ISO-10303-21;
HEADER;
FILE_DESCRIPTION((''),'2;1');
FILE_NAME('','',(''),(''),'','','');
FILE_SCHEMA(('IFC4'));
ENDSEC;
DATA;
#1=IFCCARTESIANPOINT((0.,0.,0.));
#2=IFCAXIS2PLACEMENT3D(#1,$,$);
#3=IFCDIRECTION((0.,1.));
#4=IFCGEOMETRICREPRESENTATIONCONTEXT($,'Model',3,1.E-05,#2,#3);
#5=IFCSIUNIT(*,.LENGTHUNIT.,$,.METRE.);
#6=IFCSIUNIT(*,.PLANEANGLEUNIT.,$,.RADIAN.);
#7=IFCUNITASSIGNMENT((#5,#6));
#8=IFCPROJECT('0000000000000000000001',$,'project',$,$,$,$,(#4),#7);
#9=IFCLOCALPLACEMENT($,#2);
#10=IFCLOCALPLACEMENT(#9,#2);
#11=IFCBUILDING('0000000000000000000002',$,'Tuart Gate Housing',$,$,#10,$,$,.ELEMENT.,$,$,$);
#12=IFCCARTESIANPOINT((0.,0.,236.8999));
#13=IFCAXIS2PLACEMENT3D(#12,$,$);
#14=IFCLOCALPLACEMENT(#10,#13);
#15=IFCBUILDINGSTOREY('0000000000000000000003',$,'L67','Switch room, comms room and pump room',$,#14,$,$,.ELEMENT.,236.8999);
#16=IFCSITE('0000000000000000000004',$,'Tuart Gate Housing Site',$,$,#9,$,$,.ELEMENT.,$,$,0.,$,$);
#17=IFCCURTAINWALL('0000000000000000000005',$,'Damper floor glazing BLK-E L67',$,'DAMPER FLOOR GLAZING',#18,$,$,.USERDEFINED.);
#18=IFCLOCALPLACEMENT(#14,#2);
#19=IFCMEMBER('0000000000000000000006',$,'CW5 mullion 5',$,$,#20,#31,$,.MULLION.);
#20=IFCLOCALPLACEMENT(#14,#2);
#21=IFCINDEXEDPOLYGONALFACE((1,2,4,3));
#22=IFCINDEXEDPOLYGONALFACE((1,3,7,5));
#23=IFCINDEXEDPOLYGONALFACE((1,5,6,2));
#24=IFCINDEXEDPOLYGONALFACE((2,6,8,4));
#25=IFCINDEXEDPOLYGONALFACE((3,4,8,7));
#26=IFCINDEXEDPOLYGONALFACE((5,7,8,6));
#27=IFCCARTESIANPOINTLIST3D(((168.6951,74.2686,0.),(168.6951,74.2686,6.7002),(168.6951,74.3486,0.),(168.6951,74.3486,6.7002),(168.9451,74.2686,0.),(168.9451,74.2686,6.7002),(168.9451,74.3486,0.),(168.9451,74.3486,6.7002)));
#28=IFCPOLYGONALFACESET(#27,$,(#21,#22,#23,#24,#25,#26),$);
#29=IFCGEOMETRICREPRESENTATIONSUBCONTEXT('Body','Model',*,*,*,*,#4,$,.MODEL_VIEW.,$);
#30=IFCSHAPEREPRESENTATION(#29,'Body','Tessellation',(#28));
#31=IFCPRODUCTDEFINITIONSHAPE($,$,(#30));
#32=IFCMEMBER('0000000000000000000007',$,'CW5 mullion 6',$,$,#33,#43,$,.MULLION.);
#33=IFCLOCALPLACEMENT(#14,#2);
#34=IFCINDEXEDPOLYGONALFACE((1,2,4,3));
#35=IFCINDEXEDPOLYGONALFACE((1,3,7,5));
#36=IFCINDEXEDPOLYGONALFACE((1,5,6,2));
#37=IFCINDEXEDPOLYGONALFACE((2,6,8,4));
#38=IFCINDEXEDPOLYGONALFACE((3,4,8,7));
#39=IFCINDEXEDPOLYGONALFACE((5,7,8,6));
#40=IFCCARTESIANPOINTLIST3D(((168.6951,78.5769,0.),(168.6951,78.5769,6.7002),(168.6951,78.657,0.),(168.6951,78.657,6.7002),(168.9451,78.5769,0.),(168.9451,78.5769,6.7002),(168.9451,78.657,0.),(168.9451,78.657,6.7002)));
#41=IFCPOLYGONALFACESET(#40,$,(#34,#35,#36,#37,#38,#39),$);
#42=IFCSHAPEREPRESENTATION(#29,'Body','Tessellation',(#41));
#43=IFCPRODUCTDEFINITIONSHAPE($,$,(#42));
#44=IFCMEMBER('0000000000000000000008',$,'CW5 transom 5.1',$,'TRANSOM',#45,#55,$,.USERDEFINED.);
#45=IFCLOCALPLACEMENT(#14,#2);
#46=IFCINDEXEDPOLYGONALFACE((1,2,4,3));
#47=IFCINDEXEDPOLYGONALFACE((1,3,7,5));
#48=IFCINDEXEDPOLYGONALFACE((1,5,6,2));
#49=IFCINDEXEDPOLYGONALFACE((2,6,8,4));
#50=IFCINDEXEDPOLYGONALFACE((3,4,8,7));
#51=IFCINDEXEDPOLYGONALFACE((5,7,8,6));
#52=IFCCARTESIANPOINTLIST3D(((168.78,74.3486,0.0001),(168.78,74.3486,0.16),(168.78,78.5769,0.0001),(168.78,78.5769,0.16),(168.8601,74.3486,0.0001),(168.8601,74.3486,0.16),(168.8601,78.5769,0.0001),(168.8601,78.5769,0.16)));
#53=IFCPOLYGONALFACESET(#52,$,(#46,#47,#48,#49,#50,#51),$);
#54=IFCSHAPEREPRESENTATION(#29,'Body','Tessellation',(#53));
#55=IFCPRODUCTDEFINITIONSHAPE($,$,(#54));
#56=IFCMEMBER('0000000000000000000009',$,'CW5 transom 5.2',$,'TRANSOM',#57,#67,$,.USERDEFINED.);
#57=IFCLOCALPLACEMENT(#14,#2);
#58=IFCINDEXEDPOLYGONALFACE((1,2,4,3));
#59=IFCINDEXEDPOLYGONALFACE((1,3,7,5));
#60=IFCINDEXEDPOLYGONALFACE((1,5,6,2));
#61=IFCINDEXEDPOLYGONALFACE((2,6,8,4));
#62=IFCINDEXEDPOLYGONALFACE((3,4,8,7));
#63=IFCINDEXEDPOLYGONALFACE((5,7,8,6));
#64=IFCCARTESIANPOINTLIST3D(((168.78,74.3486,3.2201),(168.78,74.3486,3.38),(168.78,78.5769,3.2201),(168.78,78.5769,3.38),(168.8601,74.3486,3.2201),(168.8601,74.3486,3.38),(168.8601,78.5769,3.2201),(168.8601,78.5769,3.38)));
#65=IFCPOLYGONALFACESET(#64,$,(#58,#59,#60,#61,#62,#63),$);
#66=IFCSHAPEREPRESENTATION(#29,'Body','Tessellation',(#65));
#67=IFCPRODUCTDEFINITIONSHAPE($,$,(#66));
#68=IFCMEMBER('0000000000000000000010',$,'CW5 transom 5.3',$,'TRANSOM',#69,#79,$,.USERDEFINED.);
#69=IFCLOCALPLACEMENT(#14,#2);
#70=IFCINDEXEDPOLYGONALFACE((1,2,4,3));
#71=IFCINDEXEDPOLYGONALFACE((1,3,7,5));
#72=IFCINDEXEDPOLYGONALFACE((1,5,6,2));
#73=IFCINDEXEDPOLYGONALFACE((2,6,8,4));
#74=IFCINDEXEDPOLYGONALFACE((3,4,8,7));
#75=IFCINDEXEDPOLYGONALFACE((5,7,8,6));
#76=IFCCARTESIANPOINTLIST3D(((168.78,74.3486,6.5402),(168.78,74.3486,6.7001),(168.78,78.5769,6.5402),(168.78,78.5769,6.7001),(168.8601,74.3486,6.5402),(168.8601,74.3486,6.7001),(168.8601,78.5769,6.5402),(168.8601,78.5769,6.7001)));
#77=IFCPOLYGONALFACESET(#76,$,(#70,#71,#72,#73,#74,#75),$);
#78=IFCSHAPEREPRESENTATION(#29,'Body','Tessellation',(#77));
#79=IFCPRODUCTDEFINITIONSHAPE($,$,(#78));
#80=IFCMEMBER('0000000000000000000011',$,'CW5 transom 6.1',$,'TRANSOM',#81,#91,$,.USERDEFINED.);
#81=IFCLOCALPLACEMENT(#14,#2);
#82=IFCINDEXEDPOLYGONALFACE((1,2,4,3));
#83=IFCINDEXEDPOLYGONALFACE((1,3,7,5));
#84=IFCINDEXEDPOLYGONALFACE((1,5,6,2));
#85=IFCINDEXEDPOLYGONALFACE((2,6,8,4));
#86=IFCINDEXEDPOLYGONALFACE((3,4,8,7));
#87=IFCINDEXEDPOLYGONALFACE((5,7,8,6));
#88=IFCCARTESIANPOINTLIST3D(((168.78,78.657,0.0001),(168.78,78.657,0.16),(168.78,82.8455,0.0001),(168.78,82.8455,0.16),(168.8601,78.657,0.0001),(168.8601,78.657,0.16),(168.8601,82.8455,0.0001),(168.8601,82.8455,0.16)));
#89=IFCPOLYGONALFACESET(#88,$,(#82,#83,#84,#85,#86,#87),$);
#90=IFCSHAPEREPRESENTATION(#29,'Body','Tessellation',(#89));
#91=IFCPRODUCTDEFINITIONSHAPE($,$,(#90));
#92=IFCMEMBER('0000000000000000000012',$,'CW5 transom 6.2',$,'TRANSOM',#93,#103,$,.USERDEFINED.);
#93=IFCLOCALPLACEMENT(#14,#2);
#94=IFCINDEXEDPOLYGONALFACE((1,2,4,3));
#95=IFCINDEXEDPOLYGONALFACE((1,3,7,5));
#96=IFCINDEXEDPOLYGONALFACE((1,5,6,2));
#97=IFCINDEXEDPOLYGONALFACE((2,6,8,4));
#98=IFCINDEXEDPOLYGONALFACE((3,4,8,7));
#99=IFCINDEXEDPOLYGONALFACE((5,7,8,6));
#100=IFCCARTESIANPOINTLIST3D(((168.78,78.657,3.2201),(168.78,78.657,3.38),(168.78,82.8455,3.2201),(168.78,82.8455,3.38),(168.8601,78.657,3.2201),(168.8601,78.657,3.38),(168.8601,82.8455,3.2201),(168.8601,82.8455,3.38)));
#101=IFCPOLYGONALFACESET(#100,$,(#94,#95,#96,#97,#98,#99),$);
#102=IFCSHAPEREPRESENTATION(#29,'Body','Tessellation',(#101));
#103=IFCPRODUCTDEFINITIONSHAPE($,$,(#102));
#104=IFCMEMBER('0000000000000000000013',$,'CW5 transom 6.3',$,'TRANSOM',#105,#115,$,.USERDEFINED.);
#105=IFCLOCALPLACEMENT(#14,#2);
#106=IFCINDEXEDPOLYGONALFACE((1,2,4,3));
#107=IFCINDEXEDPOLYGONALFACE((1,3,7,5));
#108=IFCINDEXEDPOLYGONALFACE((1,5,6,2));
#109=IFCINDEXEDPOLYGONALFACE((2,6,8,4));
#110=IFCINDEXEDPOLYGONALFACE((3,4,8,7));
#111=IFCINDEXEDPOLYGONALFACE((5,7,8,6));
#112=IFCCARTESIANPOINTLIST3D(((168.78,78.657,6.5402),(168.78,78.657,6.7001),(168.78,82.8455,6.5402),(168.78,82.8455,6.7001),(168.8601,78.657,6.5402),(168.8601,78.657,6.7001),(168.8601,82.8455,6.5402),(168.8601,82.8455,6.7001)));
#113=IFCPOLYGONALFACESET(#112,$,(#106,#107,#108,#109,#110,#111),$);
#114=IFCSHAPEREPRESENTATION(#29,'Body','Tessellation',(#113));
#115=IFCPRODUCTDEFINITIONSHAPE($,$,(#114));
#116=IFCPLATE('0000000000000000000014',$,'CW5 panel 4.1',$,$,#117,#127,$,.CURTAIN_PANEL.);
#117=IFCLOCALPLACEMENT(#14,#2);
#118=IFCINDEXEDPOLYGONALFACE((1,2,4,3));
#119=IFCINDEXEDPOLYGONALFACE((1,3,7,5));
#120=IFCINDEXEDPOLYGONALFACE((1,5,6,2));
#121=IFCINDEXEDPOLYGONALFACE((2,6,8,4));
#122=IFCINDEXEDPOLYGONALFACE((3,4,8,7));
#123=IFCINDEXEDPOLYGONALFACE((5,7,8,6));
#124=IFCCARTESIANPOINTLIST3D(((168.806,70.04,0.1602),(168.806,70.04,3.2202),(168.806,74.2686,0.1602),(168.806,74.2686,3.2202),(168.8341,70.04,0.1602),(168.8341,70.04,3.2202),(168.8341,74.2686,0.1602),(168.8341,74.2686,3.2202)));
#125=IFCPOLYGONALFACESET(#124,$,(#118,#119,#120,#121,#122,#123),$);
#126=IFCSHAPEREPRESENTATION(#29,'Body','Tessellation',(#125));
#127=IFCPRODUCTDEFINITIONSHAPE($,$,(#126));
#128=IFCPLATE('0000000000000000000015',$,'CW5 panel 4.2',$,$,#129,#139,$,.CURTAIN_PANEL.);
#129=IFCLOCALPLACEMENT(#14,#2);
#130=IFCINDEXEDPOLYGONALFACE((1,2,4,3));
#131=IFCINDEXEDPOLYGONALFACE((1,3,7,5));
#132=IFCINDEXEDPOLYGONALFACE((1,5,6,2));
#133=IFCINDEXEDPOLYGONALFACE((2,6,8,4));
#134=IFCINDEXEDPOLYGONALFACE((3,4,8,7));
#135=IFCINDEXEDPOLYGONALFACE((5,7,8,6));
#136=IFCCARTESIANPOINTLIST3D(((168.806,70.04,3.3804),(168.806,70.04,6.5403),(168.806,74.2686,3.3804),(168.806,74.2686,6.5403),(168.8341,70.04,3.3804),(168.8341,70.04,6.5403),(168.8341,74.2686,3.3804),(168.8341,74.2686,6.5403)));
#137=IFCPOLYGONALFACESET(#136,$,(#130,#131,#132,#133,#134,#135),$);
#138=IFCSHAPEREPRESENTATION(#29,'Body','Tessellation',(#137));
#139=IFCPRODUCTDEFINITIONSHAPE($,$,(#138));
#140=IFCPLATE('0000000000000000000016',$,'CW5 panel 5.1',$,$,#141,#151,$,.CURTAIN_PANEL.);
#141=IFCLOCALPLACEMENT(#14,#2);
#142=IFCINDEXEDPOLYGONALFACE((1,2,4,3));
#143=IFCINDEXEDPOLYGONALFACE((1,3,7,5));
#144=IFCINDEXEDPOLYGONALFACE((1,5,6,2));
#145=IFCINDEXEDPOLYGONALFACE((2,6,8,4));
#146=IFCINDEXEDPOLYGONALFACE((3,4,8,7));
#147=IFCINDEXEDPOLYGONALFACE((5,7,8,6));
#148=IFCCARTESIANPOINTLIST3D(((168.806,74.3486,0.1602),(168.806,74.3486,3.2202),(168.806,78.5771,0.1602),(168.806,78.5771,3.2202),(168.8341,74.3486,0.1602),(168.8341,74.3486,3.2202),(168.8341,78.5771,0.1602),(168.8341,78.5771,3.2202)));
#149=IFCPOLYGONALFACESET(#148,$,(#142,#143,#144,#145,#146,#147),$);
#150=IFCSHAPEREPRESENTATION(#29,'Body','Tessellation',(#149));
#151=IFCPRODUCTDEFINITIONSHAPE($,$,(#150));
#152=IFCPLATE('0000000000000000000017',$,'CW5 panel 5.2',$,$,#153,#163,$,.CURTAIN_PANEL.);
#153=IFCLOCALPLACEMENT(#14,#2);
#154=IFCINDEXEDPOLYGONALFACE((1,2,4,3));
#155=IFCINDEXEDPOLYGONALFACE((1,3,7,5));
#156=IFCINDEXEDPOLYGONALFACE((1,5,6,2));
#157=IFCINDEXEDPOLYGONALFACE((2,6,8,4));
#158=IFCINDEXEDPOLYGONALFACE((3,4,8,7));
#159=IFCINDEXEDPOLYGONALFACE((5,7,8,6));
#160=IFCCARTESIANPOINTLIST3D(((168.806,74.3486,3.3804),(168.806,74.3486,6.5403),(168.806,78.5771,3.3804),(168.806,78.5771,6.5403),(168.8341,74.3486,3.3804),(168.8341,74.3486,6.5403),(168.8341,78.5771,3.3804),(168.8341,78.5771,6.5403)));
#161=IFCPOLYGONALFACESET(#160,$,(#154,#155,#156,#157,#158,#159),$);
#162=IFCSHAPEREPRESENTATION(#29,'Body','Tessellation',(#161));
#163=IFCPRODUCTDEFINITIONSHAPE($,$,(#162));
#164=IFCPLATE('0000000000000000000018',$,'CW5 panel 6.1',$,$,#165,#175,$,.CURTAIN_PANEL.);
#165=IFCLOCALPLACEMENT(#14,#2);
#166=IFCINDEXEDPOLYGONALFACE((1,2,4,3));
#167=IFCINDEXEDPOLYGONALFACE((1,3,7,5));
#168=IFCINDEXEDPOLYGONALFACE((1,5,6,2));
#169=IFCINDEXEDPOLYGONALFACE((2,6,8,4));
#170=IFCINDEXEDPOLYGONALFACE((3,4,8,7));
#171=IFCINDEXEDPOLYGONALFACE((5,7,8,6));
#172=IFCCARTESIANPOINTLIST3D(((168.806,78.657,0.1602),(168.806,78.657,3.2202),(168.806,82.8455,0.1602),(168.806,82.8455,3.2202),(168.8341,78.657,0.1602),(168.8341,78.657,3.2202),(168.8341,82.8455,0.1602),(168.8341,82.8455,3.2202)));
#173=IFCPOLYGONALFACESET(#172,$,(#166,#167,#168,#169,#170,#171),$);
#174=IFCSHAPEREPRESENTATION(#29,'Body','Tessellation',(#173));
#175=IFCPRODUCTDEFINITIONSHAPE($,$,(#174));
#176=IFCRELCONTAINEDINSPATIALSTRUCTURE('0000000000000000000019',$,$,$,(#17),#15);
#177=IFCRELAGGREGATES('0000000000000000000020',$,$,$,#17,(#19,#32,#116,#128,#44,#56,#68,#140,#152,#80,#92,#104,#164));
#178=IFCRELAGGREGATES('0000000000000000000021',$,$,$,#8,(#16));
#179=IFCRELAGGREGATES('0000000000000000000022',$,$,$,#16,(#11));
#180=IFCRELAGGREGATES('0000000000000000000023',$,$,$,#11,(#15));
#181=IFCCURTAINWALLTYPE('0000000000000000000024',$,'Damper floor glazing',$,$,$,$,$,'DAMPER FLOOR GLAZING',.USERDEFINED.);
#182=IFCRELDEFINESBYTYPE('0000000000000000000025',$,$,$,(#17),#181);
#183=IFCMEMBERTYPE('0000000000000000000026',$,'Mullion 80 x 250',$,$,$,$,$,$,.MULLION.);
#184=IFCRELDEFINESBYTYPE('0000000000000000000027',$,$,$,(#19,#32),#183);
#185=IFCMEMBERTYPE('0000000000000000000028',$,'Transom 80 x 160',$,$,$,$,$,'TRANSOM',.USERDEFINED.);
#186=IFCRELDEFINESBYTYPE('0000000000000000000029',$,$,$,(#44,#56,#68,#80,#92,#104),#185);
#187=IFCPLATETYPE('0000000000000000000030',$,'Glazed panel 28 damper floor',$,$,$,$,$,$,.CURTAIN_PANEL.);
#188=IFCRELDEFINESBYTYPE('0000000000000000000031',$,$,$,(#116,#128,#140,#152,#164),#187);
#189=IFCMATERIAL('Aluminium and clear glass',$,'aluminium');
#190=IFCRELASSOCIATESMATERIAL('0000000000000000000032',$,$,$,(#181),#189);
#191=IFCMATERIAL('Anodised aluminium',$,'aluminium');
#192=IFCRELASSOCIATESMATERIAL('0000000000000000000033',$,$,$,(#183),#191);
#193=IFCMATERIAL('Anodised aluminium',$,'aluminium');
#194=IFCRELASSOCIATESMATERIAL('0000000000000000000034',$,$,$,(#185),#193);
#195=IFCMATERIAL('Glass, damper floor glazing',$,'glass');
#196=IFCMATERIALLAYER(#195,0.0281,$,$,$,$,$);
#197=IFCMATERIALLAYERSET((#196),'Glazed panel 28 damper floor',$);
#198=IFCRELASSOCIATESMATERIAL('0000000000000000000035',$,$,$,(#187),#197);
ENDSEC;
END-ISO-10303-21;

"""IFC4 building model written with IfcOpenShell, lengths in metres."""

from ifc_helpers import new_model, si_unit, direction, frame, origin, origin_2d, place, context, subcontext, project, spatial, rectangle, extrude, material, layer, layer_set, material_profile, profile_set, type_object, element, aggregate, save


model = new_model("IFC4")

# Units and contexts
model_context = context("Model", 3, precision=1e-05, world=origin(), true_north=direction((0.0, 1.0)))
body_context = subcontext(model_context, "Body", "Model", "MODEL_VIEW")
ifc_project = project(units=[si_unit("LENGTHUNIT", "METRE"), si_unit("PLANEANGLEUNIT", "RADIAN")], contexts=[model_context])

# Site, building, storey
site_placement = place(None, origin())
site = spatial("IfcSite", under=ifc_project, at=site_placement, Name="Tuart Gate Housing Site", CompositionType="ELEMENT", RefElevation=0.0)
building_placement = place(site_placement, origin())
building = spatial("IfcBuilding", under=site, at=building_placement, Name="Tuart Gate Housing", CompositionType="ELEMENT")
storey_placement = place(building_placement, frame((0.0, 0.0, 236.8999)))
storey = spatial("IfcBuildingStorey", under=building, at=storey_placement, Name="L67", Description="Switch room, comms room and pump room", CompositionType="ELEMENT", Elevation=236.8999)

# Curtain wall, members, plates
ifc_material_1 = material(Name="Aluminium and clear glass", Category="aluminium")
curtain_wall_type = type_object("IfcCurtainWallType", Name="Damper floor glazing", ElementType="DAMPER FLOOR GLAZING", PredefinedType="USERDEFINED", material=ifc_material_1)
curtain_wall_placement = place(storey_placement, origin())
curtain_wall = element("IfcCurtainWall", 1, at=curtain_wall_placement, inside=storey, type_object=curtain_wall_type, Name="Damper floor glazing BLK-E L67", ObjectType="DAMPER FLOOR GLAZING", PredefinedType="USERDEFINED")
ifc_material_2 = material(Name="Anodised aluminium", Category="aluminium")
ifc_material_profile_1 = material_profile(ifc_material_2, rectangle(XDim=0.0801, YDim=0.25, at=origin_2d()), Name="80x250")
ifc_profile_set_1 = profile_set([ifc_material_profile_1], Name="Anodised aluminium")
member_type_1 = type_object("IfcMemberType", Name="Mullion 80 x 250", PredefinedType="MULLION", material=ifc_profile_set_1)
member_1_placement = place(storey_placement, frame((168.8201, 74.3086, 0.0), z_axis=(0.0, 0.0, 1.0), x_axis=(0.0, 1.0, 0.0)))
member_1 = element("IfcMember", 2, at=member_1_placement, type_object=member_type_1, Name="CW5 mullion 5", PredefinedType="MULLION", context=body_context, shape_type="SweptSolid", body=[
    extrude(rectangle(XDim=0.0801, YDim=0.25, at=origin_2d()), origin(), (0.0, 0.0, 1.0), 6.7002),
])
member_2_placement = place(storey_placement, frame((168.8201, 78.6169, 0.0), z_axis=(0.0, 0.0, 1.0), x_axis=(0.0, 1.0, 0.0)))
member_2 = element("IfcMember", 3, at=member_2_placement, type_object=member_type_1, Name="CW5 mullion 6", PredefinedType="MULLION", context=body_context, shape_type="SweptSolid", body=[
    extrude(rectangle(XDim=0.0801, YDim=0.25, at=origin_2d()), origin(), (0.0, 0.0, 1.0), 6.7002),
])
ifc_material_3 = material(Name="Anodised aluminium", Category="aluminium")
ifc_material_profile_2 = material_profile(ifc_material_3, rectangle(XDim=0.0801, YDim=0.1599, at=origin_2d()), Name="80x160")
ifc_profile_set_2 = profile_set([ifc_material_profile_2], Name="Anodised aluminium")
member_type_2 = type_object("IfcMemberType", Name="Transom 80 x 160", ElementType="TRANSOM", PredefinedType="USERDEFINED", material=ifc_profile_set_2)
member_3_placement = place(storey_placement, frame((168.8201, 74.3486, 0.0801), z_axis=(0.0, 1.0, 0.0), x_axis=(-1.0, 0.0, 0.0)))
member_3 = element("IfcMember", 4, at=member_3_placement, type_object=member_type_2, Name="CW5 transom 5.1", ObjectType="TRANSOM", PredefinedType="USERDEFINED", context=body_context, shape_type="SweptSolid", body=[
    extrude(rectangle(XDim=0.0801, YDim=0.1599, at=origin_2d()), origin(), (0.0, 0.0, 1.0), 4.2283),
])
member_4_placement = place(storey_placement, frame((168.8201, 74.3486, 3.3), z_axis=(0.0, 1.0, 0.0), x_axis=(-1.0, 0.0, 0.0)))
member_4 = element("IfcMember", 5, at=member_4_placement, type_object=member_type_2, Name="CW5 transom 5.2", ObjectType="TRANSOM", PredefinedType="USERDEFINED", context=body_context, shape_type="SweptSolid", body=[
    extrude(rectangle(XDim=0.0801, YDim=0.1599, at=origin_2d()), origin(), (0.0, 0.0, 1.0), 4.2283),
])
member_5_placement = place(storey_placement, frame((168.8201, 74.3486, 6.6201), z_axis=(0.0, 1.0, 0.0), x_axis=(-1.0, 0.0, 0.0)))
member_5 = element("IfcMember", 6, at=member_5_placement, type_object=member_type_2, Name="CW5 transom 5.3", ObjectType="TRANSOM", PredefinedType="USERDEFINED", context=body_context, shape_type="SweptSolid", body=[
    extrude(rectangle(XDim=0.0801, YDim=0.1599, at=origin_2d()), origin(), (0.0, 0.0, 1.0), 4.2283),
])
member_6_placement = place(storey_placement, frame((168.8201, 78.657, 0.0801), z_axis=(0.0, 1.0, 0.0), x_axis=(-1.0, 0.0, 0.0)))
member_6 = element("IfcMember", 7, at=member_6_placement, type_object=member_type_2, Name="CW5 transom 6.1", ObjectType="TRANSOM", PredefinedType="USERDEFINED", context=body_context, shape_type="SweptSolid", body=[
    extrude(rectangle(XDim=0.0801, YDim=0.1599, at=origin_2d()), origin(), (0.0, 0.0, 1.0), 4.1885),
])
member_7_placement = place(storey_placement, frame((168.8201, 78.657, 3.3), z_axis=(0.0, 1.0, 0.0), x_axis=(-1.0, 0.0, 0.0)))
member_7 = element("IfcMember", 8, at=member_7_placement, type_object=member_type_2, Name="CW5 transom 6.2", ObjectType="TRANSOM", PredefinedType="USERDEFINED", context=body_context, shape_type="SweptSolid", body=[
    extrude(rectangle(XDim=0.0801, YDim=0.1599, at=origin_2d()), origin(), (0.0, 0.0, 1.0), 4.1885),
])
member_8_placement = place(storey_placement, frame((168.8201, 78.657, 6.6201), z_axis=(0.0, 1.0, 0.0), x_axis=(-1.0, 0.0, 0.0)))
member_8 = element("IfcMember", 9, at=member_8_placement, type_object=member_type_2, Name="CW5 transom 6.3", ObjectType="TRANSOM", PredefinedType="USERDEFINED", context=body_context, shape_type="SweptSolid", body=[
    extrude(rectangle(XDim=0.0801, YDim=0.1599, at=origin_2d()), origin(), (0.0, 0.0, 1.0), 4.1885),
])
ifc_material_4 = material(Name="Glass, damper floor glazing", Category="glass")
ifc_layer_1 = layer(ifc_material_4, 0.0281)
ifc_layer_set_1 = layer_set([ifc_layer_1], Name="Glazed panel 28 damper floor")
plate_type = type_object("IfcPlateType", Name="Glazed panel 28 damper floor", PredefinedType="CURTAIN_PANEL", material=ifc_layer_set_1)
plate_1_placement = place(storey_placement, frame((168.8201, 72.1543, 0.1602), z_axis=(0.0, 0.0, 1.0), x_axis=(0.0, 1.0, 0.0)))
plate_1 = element("IfcPlate", 10, at=plate_1_placement, type_object=plate_type, Name="CW5 panel 4.1", PredefinedType="CURTAIN_PANEL", context=body_context, shape_type="SweptSolid", body=[
    extrude(rectangle(XDim=4.2285, YDim=0.0281, at=origin_2d()), origin(), (0.0, 0.0, 1.0), 3.0601),
])
plate_2_placement = place(storey_placement, frame((168.8201, 72.1543, 3.3804), z_axis=(0.0, 0.0, 1.0), x_axis=(0.0, 1.0, 0.0)))
plate_2 = element("IfcPlate", 11, at=plate_2_placement, type_object=plate_type, Name="CW5 panel 4.2", PredefinedType="CURTAIN_PANEL", context=body_context, shape_type="SweptSolid", body=[
    extrude(rectangle(XDim=4.2285, YDim=0.0281, at=origin_2d()), origin(), (0.0, 0.0, 1.0), 3.1599),
])
plate_3_placement = place(storey_placement, frame((168.8201, 76.4629, 0.1602), z_axis=(0.0, 0.0, 1.0), x_axis=(0.0, 1.0, 0.0)))
plate_3 = element("IfcPlate", 12, at=plate_3_placement, type_object=plate_type, Name="CW5 panel 5.1", PredefinedType="CURTAIN_PANEL", context=body_context, shape_type="SweptSolid", body=[
    extrude(rectangle(XDim=4.2285, YDim=0.0281, at=origin_2d()), origin(), (0.0, 0.0, 1.0), 3.0601),
])
plate_4_placement = place(storey_placement, frame((168.8201, 76.4629, 3.3804), z_axis=(0.0, 0.0, 1.0), x_axis=(0.0, 1.0, 0.0)))
plate_4 = element("IfcPlate", 13, at=plate_4_placement, type_object=plate_type, Name="CW5 panel 5.2", PredefinedType="CURTAIN_PANEL", context=body_context, shape_type="SweptSolid", body=[
    extrude(rectangle(XDim=4.2285, YDim=0.0281, at=origin_2d()), origin(), (0.0, 0.0, 1.0), 3.1599),
])
plate_5_placement = place(storey_placement, frame((168.8201, 80.7512, 0.1602), z_axis=(0.0, 0.0, 1.0), x_axis=(0.0, 1.0, 0.0)))
plate_5 = element("IfcPlate", 14, at=plate_5_placement, type_object=plate_type, Name="CW5 panel 6.1", PredefinedType="CURTAIN_PANEL", context=body_context, shape_type="SweptSolid", body=[
    extrude(rectangle(XDim=4.1885, YDim=0.0281, at=origin_2d()), origin(), (0.0, 0.0, 1.0), 3.0601),
])
aggregate(curtain_wall, [member_1, member_2, plate_1, plate_2, member_3, member_4, member_5, plate_3, plate_4, member_6, member_7, member_8, plate_5])

save(model, "model.ifc")
